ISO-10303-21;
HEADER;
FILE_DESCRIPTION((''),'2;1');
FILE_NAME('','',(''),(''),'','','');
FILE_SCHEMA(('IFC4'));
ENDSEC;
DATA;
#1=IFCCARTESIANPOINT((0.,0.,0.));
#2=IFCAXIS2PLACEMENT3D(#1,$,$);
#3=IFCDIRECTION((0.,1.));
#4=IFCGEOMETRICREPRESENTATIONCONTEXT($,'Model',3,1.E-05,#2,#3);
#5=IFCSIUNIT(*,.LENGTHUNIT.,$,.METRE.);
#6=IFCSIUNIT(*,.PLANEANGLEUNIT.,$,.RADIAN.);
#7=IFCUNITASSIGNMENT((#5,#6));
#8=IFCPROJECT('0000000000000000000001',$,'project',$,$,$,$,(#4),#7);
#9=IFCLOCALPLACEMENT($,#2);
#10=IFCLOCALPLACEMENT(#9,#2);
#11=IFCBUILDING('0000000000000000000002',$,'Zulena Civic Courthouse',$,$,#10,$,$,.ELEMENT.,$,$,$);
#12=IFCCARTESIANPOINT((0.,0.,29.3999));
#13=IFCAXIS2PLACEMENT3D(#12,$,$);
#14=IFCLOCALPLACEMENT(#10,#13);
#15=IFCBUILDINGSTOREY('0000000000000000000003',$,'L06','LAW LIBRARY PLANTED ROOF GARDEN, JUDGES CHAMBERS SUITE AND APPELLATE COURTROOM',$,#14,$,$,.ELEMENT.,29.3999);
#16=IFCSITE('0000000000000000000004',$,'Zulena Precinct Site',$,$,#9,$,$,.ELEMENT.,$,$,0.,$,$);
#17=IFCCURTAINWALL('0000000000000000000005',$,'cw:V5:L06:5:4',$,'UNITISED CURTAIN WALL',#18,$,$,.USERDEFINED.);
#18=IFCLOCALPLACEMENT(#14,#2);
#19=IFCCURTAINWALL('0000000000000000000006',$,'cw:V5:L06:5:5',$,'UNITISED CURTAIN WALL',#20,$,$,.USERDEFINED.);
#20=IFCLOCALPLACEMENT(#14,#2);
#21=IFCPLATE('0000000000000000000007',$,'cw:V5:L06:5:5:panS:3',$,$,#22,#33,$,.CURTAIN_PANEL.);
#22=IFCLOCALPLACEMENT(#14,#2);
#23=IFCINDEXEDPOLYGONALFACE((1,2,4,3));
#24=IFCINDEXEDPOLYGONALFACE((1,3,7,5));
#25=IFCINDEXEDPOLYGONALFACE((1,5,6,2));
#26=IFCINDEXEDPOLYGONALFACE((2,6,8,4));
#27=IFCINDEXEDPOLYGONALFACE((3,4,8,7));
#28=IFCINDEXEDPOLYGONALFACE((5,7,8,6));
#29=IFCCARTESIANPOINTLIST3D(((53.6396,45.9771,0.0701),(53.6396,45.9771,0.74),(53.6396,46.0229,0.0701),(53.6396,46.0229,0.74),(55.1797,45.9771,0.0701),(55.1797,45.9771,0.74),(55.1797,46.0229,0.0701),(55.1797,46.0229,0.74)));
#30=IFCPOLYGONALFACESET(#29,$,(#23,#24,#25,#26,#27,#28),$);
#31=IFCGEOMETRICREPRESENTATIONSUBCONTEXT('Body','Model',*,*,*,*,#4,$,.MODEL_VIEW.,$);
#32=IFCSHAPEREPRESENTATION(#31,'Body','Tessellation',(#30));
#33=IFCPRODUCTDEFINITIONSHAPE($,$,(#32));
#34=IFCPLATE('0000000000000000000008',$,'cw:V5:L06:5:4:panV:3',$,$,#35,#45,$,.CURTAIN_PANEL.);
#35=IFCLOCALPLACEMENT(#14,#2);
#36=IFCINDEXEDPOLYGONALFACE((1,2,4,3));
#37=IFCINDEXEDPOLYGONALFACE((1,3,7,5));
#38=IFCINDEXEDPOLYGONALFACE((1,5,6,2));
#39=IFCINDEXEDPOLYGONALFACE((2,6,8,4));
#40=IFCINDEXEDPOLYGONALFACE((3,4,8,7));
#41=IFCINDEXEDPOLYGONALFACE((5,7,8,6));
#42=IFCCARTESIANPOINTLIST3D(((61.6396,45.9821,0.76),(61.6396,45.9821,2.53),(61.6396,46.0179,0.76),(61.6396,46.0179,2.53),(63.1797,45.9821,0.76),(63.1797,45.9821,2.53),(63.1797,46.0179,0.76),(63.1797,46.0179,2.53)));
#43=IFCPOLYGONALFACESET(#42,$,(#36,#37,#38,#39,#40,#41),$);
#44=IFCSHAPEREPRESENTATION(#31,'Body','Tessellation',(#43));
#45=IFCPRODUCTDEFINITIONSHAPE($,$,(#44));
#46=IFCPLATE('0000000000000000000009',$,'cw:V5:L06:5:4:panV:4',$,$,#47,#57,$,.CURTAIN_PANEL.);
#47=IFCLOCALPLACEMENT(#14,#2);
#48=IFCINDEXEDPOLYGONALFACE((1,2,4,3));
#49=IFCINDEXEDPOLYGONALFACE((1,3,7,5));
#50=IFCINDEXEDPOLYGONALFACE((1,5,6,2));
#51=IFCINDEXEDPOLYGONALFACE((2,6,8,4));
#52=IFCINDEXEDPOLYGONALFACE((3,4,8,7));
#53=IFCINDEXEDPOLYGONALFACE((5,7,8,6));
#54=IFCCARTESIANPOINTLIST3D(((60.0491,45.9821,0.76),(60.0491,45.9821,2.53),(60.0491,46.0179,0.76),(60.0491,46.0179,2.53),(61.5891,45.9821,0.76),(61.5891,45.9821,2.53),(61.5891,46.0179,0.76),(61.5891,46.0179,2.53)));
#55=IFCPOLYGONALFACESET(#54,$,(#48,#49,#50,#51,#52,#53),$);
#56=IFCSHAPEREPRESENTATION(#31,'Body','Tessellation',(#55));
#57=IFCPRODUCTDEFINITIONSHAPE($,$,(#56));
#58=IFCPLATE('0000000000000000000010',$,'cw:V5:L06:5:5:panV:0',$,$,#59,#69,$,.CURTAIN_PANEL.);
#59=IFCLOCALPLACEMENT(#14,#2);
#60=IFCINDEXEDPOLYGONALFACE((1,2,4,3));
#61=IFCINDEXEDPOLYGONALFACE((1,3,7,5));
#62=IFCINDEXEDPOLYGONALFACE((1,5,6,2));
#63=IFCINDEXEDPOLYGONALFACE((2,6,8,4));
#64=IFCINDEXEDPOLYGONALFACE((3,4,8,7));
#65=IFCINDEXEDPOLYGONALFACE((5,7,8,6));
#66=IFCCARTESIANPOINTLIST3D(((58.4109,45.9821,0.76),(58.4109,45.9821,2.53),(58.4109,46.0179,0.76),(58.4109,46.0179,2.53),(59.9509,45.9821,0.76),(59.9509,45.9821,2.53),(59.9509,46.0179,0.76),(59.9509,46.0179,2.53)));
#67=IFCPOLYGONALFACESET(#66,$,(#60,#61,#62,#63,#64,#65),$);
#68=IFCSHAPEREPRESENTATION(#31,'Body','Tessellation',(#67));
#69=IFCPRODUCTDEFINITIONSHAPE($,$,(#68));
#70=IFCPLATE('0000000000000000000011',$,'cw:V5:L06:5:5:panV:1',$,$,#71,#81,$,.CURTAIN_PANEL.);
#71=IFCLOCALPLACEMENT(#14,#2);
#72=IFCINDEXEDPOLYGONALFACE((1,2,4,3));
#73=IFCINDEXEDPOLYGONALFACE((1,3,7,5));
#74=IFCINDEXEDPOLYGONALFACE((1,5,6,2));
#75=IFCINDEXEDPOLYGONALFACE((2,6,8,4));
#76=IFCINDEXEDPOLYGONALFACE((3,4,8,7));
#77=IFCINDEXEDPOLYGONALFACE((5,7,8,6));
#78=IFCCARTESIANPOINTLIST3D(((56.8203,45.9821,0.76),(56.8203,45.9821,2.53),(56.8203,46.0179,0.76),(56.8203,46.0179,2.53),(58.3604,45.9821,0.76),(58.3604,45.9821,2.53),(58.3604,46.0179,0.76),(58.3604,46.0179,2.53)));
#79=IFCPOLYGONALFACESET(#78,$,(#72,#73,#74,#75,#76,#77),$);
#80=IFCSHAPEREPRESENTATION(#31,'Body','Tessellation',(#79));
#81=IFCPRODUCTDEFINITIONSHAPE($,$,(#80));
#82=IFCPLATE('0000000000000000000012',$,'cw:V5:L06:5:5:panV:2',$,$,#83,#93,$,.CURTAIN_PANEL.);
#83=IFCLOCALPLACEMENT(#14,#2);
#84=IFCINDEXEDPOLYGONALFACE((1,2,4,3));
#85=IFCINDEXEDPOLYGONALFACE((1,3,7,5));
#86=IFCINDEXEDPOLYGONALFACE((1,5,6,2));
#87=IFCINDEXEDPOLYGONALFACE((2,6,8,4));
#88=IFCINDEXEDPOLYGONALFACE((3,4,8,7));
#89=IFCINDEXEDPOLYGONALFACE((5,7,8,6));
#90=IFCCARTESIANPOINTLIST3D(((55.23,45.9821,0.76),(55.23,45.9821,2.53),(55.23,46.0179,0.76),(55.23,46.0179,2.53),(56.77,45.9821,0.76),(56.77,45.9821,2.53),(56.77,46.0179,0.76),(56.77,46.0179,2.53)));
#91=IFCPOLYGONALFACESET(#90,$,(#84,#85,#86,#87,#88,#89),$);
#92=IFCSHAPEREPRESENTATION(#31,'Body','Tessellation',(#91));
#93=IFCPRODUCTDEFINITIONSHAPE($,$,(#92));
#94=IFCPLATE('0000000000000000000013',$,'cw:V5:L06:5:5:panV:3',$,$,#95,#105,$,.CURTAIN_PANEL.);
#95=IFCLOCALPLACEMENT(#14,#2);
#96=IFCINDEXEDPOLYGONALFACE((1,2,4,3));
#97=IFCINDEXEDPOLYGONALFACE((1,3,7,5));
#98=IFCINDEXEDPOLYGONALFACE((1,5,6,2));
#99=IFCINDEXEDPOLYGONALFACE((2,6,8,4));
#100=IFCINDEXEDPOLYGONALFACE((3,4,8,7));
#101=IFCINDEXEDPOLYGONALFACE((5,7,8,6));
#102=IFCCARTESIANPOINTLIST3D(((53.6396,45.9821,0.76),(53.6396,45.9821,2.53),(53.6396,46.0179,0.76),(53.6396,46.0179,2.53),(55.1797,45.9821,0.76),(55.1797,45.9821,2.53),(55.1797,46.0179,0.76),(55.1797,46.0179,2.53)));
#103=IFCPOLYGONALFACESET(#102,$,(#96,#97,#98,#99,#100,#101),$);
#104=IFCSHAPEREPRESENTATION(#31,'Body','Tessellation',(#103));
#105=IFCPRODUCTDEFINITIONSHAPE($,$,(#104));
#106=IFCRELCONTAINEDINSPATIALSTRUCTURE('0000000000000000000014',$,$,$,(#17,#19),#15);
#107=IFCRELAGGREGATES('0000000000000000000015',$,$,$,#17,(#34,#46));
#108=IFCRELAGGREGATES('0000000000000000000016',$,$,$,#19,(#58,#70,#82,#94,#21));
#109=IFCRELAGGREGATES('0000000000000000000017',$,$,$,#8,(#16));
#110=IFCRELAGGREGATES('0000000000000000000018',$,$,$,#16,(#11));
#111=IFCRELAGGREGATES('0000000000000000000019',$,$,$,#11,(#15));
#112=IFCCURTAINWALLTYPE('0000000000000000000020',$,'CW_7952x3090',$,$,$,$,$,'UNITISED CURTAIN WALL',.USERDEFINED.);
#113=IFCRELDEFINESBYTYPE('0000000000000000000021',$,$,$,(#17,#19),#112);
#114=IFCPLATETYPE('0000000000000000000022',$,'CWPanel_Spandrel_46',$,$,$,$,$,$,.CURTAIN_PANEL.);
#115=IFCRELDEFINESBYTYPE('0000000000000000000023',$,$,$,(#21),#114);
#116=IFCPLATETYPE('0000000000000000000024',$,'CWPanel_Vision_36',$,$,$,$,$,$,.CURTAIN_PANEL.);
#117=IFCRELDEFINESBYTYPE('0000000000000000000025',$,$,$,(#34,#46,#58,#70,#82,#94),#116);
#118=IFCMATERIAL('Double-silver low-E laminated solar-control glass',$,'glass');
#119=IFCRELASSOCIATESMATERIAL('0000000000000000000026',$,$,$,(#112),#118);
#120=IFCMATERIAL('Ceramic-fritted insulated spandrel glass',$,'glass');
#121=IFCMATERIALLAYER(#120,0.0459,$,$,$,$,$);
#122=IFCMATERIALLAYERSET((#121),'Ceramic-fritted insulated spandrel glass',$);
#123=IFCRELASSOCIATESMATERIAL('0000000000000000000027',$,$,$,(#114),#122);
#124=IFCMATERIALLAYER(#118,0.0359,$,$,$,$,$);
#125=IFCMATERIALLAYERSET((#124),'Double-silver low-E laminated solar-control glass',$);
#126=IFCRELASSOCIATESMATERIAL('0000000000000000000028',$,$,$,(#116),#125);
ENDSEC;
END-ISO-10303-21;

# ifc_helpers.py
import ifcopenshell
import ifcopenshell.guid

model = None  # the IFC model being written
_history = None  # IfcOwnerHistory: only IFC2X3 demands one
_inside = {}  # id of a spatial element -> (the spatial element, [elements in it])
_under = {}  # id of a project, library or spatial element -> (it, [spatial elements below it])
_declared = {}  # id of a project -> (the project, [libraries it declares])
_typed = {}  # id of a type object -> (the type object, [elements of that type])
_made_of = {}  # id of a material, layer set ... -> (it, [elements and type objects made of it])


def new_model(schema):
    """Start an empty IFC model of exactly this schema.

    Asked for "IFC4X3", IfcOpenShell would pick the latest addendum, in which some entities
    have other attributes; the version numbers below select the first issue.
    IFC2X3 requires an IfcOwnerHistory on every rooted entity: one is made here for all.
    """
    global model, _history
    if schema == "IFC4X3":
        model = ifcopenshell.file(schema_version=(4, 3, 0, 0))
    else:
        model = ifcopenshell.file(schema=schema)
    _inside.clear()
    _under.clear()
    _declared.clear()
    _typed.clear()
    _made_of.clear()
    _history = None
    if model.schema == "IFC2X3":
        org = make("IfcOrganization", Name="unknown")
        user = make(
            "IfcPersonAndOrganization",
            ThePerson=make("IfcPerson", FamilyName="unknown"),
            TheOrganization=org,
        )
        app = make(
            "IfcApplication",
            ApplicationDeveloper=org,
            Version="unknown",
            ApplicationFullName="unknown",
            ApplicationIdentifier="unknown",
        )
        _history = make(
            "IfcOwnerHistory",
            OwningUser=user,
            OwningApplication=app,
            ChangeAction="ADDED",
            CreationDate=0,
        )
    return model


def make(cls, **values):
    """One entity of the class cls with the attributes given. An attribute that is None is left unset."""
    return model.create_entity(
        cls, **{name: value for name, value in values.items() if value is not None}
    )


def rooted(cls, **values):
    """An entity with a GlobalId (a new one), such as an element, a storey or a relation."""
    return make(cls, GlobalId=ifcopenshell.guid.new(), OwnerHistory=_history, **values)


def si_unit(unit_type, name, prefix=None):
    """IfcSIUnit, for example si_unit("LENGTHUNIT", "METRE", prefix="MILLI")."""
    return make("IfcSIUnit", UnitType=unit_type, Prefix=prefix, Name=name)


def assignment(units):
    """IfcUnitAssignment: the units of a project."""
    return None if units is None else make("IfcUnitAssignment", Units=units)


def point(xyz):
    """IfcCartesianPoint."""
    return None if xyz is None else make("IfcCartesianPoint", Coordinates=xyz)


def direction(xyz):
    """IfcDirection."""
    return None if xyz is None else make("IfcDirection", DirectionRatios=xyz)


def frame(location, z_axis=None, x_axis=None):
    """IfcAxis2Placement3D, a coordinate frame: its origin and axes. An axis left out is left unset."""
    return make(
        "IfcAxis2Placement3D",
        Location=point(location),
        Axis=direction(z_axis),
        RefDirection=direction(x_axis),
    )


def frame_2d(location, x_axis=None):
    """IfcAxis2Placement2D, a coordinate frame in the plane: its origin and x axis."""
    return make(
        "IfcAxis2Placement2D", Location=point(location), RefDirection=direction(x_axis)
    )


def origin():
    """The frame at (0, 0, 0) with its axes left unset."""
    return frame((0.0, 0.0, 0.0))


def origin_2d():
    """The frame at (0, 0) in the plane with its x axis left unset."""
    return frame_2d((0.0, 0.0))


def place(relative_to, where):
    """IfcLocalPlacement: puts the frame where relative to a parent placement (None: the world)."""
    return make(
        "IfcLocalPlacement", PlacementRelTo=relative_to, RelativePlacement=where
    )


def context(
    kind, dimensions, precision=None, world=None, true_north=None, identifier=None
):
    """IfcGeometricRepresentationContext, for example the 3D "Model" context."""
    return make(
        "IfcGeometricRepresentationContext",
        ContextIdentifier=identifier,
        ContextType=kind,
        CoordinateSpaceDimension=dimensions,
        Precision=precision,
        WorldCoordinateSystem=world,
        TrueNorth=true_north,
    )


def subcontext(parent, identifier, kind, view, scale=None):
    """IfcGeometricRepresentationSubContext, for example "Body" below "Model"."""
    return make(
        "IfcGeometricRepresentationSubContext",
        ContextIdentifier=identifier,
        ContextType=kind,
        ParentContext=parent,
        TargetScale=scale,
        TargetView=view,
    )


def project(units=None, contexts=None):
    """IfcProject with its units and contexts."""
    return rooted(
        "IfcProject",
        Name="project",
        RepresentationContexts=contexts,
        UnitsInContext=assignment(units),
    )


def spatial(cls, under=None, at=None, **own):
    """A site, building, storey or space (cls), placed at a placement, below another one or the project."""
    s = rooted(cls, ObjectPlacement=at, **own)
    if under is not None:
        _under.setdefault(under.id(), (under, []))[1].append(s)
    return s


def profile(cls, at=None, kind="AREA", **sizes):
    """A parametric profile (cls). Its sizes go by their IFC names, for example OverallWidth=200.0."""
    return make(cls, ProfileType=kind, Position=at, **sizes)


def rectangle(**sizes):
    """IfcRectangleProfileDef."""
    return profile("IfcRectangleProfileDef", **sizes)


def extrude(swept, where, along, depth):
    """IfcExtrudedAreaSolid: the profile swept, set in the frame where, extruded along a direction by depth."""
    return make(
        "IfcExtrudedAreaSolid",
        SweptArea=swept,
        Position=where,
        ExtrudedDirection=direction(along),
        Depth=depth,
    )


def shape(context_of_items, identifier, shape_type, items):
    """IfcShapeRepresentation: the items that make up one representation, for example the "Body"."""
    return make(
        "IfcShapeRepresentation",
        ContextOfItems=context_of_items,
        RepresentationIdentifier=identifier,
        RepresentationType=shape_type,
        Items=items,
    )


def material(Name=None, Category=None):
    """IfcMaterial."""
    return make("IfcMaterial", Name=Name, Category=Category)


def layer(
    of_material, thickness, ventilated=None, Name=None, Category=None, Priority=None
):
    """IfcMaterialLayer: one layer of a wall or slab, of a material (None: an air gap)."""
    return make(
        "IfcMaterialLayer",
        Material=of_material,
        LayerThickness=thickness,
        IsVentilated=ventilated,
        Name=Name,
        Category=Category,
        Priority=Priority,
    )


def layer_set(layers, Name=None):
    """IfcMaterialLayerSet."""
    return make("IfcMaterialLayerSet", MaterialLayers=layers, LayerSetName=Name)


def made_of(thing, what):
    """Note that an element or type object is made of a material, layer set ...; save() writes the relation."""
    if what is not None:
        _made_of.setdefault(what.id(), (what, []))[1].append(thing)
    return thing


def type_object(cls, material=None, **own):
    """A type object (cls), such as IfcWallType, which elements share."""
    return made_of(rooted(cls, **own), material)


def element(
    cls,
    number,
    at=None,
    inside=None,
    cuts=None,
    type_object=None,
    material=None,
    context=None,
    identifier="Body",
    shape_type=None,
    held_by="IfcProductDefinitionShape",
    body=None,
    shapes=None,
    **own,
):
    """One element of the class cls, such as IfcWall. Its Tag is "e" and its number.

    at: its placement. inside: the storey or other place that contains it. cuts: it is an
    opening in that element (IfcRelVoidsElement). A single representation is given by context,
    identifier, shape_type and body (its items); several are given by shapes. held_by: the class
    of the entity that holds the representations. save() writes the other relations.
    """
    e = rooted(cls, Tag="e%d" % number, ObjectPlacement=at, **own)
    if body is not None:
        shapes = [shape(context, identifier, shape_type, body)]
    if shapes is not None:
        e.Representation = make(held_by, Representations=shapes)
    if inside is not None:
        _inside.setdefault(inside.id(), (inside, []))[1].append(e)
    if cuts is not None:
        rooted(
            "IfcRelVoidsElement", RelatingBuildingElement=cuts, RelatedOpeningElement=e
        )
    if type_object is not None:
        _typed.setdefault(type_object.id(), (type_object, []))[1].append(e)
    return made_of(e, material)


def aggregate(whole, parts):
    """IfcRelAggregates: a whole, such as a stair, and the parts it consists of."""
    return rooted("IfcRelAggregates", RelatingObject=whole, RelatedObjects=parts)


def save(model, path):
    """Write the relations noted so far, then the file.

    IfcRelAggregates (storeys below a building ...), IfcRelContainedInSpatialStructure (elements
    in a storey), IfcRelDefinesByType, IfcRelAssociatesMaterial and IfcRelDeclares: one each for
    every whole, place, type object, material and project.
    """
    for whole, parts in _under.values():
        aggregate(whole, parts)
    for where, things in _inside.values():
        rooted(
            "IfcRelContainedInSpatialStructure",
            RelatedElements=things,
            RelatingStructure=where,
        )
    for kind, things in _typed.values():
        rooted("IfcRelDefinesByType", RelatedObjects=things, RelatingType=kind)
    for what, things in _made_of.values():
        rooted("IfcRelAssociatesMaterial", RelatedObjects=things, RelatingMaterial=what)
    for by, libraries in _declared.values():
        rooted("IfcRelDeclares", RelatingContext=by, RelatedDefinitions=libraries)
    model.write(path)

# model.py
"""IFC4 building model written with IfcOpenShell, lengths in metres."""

from ifc_helpers import new_model, si_unit, direction, frame, origin, origin_2d, place, context, subcontext, project, spatial, rectangle, extrude, material, layer, layer_set, type_object, element, aggregate, save


model = new_model("IFC4")

# Units and contexts
model_context = context("Model", 3, precision=1e-05, world=origin(), true_north=direction((0.0, 1.0)))
body_context = subcontext(model_context, "Body", "Model", "MODEL_VIEW")
ifc_project = project(units=[si_unit("LENGTHUNIT", "METRE"), si_unit("PLANEANGLEUNIT", "RADIAN")], contexts=[model_context])

# Site, building, storey
site_placement = place(None, origin())
site = spatial("IfcSite", under=ifc_project, at=site_placement, Name="Zulena Precinct Site", CompositionType="ELEMENT", RefElevation=0.0)
building_placement = place(site_placement, origin())
building = spatial("IfcBuilding", under=site, at=building_placement, Name="Zulena Civic Courthouse", CompositionType="ELEMENT")
storey_placement = place(building_placement, frame((0.0, 0.0, 29.3999)))
storey = spatial("IfcBuildingStorey", under=building, at=storey_placement, Name="L06", Description="LAW LIBRARY PLANTED ROOF GARDEN, JUDGES CHAMBERS SUITE AND APPELLATE COURTROOM", CompositionType="ELEMENT", Elevation=29.3999)

# Curtain walls
ifc_material_1 = material(Name="Double-silver low-E laminated solar-control glass", Category="glass")
curtain_wall_type = type_object("IfcCurtainWallType", Name="CW_7952x3090", ElementType="UNITISED CURTAIN WALL", PredefinedType="USERDEFINED", material=ifc_material_1)
curtain_wall_1_placement = place(storey_placement, origin())
curtain_wall_1 = element("IfcCurtainWall", 1, at=curtain_wall_1_placement, inside=storey, type_object=curtain_wall_type, Name="cw:V5:L06:5:4", ObjectType="UNITISED CURTAIN WALL", PredefinedType="USERDEFINED")
curtain_wall_2_placement = place(storey_placement, origin())
curtain_wall_2 = element("IfcCurtainWall", 2, at=curtain_wall_2_placement, inside=storey, type_object=curtain_wall_type, Name="cw:V5:L06:5:5", ObjectType="UNITISED CURTAIN WALL", PredefinedType="USERDEFINED")

# Plates
ifc_material_2 = material(Name="Ceramic-fritted insulated spandrel glass", Category="glass")
ifc_layer_1 = layer(ifc_material_2, 0.0459)
ifc_layer_set_1 = layer_set([ifc_layer_1], Name="Ceramic-fritted insulated spandrel glass")
plate_type_1 = type_object("IfcPlateType", Name="CWPanel_Spandrel_46", PredefinedType="CURTAIN_PANEL", material=ifc_layer_set_1)
plate_1_placement = place(storey_placement, frame((54.4097, 46.0, 0.0701), z_axis=(0.0, 0.0, 1.0), x_axis=(-1.0, 0.0, 0.0)))
plate_1 = element("IfcPlate", 3, at=plate_1_placement, type_object=plate_type_1, Name="cw:V5:L06:5:5:panS:3", PredefinedType="CURTAIN_PANEL", context=body_context, shape_type="SweptSolid", body=[
    extrude(rectangle(XDim=1.54, YDim=0.0459, at=origin_2d()), origin(), (0.0, 0.0, 1.0), 0.6699),
])
ifc_layer_2 = layer(ifc_material_1, 0.0359)
ifc_layer_set_2 = layer_set([ifc_layer_2], Name="Double-silver low-E laminated solar-control glass")
plate_type_2 = type_object("IfcPlateType", Name="CWPanel_Vision_36", PredefinedType="CURTAIN_PANEL", material=ifc_layer_set_2)
plate_2_placement = place(storey_placement, frame((62.4097, 46.0, 0.76), z_axis=(0.0, 0.0, 1.0), x_axis=(-1.0, 0.0, 0.0)))
plate_2 = element("IfcPlate", 4, at=plate_2_placement, type_object=plate_type_2, Name="cw:V5:L06:5:4:panV:3", PredefinedType="CURTAIN_PANEL", context=body_context, shape_type="SweptSolid", body=[
    extrude(rectangle(XDim=1.54, YDim=0.0359, at=origin_2d()), origin(), (0.0, 0.0, 1.0), 1.77),
])
plate_3_placement = place(storey_placement, frame((60.8191, 46.0, 0.76), z_axis=(0.0, 0.0, 1.0), x_axis=(-1.0, 0.0, 0.0)))
plate_3 = element("IfcPlate", 5, at=plate_3_placement, type_object=plate_type_2, Name="cw:V5:L06:5:4:panV:4", PredefinedType="CURTAIN_PANEL", context=body_context, shape_type="SweptSolid", body=[
    extrude(rectangle(XDim=1.54, YDim=0.0359, at=origin_2d()), origin(), (0.0, 0.0, 1.0), 1.77),
])
aggregate(curtain_wall_1, [plate_2, plate_3])
plate_4_placement = place(storey_placement, frame((59.1809, 46.0, 0.76), z_axis=(0.0, 0.0, 1.0), x_axis=(-1.0, 0.0, 0.0)))
plate_4 = element("IfcPlate", 6, at=plate_4_placement, type_object=plate_type_2, Name="cw:V5:L06:5:5:panV:0", PredefinedType="CURTAIN_PANEL", context=body_context, shape_type="SweptSolid", body=[
    extrude(rectangle(XDim=1.54, YDim=0.0359, at=origin_2d()), origin(), (0.0, 0.0, 1.0), 1.77),
])
plate_5_placement = place(storey_placement, frame((57.5903, 46.0, 0.76), z_axis=(0.0, 0.0, 1.0), x_axis=(-1.0, 0.0, 0.0)))
plate_5 = element("IfcPlate", 7, at=plate_5_placement, type_object=plate_type_2, Name="cw:V5:L06:5:5:panV:1", PredefinedType="CURTAIN_PANEL", context=body_context, shape_type="SweptSolid", body=[
    extrude(rectangle(XDim=1.54, YDim=0.0359, at=origin_2d()), origin(), (0.0, 0.0, 1.0), 1.77),
])
plate_6_placement = place(storey_placement, frame((56.0, 46.0, 0.76), z_axis=(0.0, 0.0, 1.0), x_axis=(-1.0, 0.0, 0.0)))
plate_6 = element("IfcPlate", 8, at=plate_6_placement, type_object=plate_type_2, Name="cw:V5:L06:5:5:panV:2", PredefinedType="CURTAIN_PANEL", context=body_context, shape_type="SweptSolid", body=[
    extrude(rectangle(XDim=1.54, YDim=0.0359, at=origin_2d()), origin(), (0.0, 0.0, 1.0), 1.77),
])
plate_7_placement = place(storey_placement, frame((54.4097, 46.0, 0.76), z_axis=(0.0, 0.0, 1.0), x_axis=(-1.0, 0.0, 0.0)))
plate_7 = element("IfcPlate", 9, at=plate_7_placement, type_object=plate_type_2, Name="cw:V5:L06:5:5:panV:3", PredefinedType="CURTAIN_PANEL", context=body_context, shape_type="SweptSolid", body=[
    extrude(rectangle(XDim=1.54, YDim=0.0359, at=origin_2d()), origin(), (0.0, 0.0, 1.0), 1.77),
])
aggregate(curtain_wall_2, [plate_4, plate_5, plate_6, plate_7, plate_1])

save(model, "model.ifc")
